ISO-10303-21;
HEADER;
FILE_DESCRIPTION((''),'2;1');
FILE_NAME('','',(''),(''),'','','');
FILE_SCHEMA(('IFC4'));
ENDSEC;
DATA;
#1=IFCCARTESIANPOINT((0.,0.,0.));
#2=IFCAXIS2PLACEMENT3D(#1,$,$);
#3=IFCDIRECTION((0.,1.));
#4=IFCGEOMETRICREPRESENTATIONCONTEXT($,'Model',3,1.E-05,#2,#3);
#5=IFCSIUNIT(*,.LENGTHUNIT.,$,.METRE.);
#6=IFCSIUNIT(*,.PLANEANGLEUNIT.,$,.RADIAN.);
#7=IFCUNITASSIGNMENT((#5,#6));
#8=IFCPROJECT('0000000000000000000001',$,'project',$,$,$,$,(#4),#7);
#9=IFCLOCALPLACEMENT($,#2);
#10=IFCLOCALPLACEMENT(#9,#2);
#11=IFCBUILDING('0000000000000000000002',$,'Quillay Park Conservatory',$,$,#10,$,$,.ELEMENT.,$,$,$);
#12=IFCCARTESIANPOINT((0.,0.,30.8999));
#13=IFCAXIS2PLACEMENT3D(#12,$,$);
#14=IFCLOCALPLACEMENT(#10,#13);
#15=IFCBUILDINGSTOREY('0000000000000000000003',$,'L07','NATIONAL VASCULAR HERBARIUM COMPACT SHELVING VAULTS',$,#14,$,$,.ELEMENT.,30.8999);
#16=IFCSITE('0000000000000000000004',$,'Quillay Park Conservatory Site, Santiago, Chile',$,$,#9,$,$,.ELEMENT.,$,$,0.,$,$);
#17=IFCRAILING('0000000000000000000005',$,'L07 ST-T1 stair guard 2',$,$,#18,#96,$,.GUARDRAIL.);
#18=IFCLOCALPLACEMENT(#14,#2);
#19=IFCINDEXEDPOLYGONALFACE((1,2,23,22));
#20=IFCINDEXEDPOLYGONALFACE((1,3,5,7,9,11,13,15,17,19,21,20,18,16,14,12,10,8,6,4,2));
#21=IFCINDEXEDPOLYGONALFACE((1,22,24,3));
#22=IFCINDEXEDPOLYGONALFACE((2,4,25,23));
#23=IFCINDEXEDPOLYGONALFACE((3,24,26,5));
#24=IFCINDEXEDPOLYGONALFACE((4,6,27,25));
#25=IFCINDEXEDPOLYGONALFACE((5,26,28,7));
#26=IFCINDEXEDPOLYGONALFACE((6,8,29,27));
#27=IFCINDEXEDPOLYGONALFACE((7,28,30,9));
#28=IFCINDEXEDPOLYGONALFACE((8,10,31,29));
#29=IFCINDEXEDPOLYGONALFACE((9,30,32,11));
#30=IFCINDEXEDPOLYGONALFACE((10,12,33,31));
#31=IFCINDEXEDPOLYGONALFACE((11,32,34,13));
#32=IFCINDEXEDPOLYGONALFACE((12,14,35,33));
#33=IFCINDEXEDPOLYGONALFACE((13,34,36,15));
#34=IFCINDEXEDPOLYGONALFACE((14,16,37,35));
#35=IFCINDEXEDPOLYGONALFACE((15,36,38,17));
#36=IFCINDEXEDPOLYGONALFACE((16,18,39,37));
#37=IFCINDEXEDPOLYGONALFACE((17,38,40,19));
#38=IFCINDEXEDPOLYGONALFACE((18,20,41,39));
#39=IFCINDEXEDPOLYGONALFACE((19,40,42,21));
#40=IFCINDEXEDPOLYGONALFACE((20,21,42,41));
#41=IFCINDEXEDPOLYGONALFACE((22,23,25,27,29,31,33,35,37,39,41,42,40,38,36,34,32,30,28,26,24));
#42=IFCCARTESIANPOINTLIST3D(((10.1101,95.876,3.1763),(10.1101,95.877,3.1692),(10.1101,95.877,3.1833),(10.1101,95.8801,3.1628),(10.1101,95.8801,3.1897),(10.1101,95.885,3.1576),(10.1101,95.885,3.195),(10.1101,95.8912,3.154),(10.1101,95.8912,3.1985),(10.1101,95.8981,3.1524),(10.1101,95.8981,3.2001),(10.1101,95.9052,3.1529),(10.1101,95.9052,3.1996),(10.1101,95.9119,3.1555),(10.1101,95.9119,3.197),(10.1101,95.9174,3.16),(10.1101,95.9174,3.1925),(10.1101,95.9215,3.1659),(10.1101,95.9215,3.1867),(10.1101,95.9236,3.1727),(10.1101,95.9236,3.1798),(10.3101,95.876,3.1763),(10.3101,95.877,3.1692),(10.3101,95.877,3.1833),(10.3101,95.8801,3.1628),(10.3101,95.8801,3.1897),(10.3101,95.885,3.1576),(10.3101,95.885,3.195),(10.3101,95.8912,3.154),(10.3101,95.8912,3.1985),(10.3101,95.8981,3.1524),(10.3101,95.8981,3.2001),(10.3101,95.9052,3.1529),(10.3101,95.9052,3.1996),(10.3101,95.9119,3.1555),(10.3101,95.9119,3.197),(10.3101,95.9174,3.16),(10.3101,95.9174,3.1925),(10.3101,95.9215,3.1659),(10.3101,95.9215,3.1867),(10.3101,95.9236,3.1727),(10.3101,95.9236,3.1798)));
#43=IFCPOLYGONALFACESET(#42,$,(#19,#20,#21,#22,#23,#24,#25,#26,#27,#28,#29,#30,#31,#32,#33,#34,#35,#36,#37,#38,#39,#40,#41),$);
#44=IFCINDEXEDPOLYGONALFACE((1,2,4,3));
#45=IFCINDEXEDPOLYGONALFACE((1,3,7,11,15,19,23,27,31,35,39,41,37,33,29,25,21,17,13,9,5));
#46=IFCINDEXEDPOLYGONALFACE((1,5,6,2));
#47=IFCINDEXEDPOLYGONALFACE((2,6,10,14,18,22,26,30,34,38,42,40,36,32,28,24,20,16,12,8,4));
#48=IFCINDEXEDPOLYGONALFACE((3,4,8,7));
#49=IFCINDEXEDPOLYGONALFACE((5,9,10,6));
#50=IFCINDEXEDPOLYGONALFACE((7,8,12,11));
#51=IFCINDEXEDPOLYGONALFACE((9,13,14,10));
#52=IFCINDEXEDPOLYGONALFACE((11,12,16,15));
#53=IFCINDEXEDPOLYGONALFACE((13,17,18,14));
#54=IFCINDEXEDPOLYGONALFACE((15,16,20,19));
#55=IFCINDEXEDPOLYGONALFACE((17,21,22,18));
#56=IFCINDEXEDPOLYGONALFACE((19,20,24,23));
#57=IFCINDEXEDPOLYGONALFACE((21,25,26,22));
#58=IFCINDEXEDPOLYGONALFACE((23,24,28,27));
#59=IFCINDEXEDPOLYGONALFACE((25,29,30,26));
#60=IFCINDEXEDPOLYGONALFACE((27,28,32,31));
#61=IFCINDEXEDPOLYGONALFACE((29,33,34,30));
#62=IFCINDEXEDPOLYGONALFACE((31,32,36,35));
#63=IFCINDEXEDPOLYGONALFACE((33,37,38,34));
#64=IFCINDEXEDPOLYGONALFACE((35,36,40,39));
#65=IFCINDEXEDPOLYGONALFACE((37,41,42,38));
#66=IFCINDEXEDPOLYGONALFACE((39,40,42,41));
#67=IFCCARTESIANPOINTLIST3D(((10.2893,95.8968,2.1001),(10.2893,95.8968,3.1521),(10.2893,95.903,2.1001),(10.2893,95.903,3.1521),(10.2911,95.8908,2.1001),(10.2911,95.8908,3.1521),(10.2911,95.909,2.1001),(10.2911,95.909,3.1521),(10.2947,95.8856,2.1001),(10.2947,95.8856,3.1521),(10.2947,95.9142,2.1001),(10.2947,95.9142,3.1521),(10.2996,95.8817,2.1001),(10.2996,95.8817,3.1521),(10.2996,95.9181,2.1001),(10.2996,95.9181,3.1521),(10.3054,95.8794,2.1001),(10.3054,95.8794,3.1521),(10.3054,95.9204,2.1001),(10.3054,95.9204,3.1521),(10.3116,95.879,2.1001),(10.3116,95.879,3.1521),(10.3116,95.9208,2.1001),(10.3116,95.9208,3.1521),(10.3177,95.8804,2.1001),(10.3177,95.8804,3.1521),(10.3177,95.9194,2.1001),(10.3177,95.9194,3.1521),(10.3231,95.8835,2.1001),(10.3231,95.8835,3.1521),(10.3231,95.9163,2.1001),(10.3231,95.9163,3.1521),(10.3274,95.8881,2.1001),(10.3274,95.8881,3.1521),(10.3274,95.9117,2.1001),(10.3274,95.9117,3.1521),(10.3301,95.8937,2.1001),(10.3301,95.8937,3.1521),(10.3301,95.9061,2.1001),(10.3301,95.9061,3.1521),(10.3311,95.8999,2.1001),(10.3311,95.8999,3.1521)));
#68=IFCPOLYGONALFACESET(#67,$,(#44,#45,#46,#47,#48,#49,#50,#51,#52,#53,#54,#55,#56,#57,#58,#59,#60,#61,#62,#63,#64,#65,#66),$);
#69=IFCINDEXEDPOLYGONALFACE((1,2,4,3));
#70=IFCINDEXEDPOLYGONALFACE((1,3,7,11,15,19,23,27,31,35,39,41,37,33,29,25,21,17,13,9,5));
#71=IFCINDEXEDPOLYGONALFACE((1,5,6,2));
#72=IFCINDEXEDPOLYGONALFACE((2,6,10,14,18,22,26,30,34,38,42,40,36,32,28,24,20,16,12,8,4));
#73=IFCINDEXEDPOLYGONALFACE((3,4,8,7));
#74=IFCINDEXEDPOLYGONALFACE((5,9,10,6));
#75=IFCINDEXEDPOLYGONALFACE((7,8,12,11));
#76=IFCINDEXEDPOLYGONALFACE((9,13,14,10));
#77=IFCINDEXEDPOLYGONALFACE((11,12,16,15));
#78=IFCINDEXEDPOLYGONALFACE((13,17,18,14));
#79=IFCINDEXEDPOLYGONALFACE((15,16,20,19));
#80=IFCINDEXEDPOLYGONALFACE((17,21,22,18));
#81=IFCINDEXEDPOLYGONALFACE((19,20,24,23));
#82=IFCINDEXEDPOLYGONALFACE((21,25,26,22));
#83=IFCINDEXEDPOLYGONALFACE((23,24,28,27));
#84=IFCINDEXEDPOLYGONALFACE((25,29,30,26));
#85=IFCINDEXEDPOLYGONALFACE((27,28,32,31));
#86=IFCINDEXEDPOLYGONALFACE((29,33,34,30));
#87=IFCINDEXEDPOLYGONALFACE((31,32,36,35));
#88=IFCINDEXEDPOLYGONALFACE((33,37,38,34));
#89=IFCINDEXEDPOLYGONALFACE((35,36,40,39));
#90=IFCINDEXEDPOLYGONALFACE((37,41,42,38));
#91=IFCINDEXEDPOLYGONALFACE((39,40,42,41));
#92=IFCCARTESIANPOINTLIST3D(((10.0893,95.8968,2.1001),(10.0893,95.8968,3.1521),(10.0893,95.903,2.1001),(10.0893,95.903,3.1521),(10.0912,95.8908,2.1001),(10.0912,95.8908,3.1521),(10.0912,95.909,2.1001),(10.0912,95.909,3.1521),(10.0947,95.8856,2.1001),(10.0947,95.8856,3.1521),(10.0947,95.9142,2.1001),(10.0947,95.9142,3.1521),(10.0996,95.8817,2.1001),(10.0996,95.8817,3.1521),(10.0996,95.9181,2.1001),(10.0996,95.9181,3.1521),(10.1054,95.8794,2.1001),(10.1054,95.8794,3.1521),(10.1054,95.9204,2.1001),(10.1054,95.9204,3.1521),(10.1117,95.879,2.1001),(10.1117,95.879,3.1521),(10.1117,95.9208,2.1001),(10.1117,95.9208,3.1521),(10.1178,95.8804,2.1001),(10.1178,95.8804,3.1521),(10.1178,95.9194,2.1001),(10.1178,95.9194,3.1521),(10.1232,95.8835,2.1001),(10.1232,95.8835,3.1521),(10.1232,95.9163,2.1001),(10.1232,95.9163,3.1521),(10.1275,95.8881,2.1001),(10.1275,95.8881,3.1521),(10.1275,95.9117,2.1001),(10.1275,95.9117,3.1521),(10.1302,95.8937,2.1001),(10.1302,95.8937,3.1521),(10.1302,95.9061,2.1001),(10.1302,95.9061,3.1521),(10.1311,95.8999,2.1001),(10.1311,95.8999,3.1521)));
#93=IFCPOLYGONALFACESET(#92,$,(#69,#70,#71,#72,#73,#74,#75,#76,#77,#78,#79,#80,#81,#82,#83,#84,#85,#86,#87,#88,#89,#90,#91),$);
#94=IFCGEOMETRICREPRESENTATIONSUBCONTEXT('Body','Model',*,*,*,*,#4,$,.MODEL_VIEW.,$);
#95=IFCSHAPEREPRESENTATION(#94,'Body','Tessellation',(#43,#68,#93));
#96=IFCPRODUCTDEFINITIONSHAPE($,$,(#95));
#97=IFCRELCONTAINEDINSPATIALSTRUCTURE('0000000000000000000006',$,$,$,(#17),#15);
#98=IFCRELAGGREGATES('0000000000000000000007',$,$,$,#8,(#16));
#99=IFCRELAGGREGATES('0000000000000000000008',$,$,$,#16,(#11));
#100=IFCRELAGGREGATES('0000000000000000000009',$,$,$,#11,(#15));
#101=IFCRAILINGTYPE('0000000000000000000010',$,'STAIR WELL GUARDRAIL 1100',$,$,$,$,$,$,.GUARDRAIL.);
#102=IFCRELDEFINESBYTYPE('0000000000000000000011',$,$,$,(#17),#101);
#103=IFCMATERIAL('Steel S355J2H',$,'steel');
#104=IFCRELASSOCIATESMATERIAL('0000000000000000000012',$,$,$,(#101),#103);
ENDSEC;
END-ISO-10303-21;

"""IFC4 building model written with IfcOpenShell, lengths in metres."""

from ifc_helpers import new_model, si_unit, direction, frame, origin, origin_2d, place, context, subcontext, project, spatial, circle, extrude, material, type_object, element, save


model = new_model("IFC4")

# Units and contexts
model_context = context("Model", 3, precision=1e-05, world=origin(), true_north=direction((0.0, 1.0)))
body_context = subcontext(model_context, "Body", "Model", "MODEL_VIEW")
ifc_project = project(units=[si_unit("LENGTHUNIT", "METRE"), si_unit("PLANEANGLEUNIT", "RADIAN")], contexts=[model_context])

# Site, building, storey
site_placement = place(None, origin())
site = spatial("IfcSite", under=ifc_project, at=site_placement, Name="Quillay Park Conservatory Site, Santiago, Chile", CompositionType="ELEMENT", RefElevation=0.0)
building_placement = place(site_placement, origin())
building = spatial("IfcBuilding", under=site, at=building_placement, Name="Quillay Park Conservatory", CompositionType="ELEMENT")
storey_placement = place(building_placement, frame((0.0, 0.0, 30.8999)))
storey = spatial("IfcBuildingStorey", under=building, at=storey_placement, Name="L07", Description="NATIONAL VASCULAR HERBARIUM COMPACT SHELVING VAULTS", CompositionType="ELEMENT", Elevation=30.8999)

# Railing
ifc_material_1 = material(Name="Steel S355J2H", Category="steel")
railing_type_1 = type_object("IfcRailingType", Name="STAIR WELL GUARDRAIL 1100", PredefinedType="GUARDRAIL", material=ifc_material_1)
railing_1_placement = place(storey_placement, frame((10.3101, 95.8999, 2.1001)))
element("IfcRailing", 1, at=railing_1_placement, inside=storey, type_object=railing_type_1, Name="L07 ST-T1 stair guard 2", PredefinedType="GUARDRAIL", context=body_context, shape_type="SweptSolid", body=[
    extrude(circle(Radius=0.0239, at=origin_2d()), frame((0.0, 0.0, 1.0762), z_axis=(-1.0, 0.0, 0.0), x_axis=(0.0, -1.0, 0.0)), (0.0, 0.0, 1.0), 0.2),
    extrude(circle(Radius=0.021, at=origin_2d()), origin(), (0.0, 0.0, 1.0), 1.052),
    extrude(circle(Radius=0.021, at=origin_2d()), frame((-0.2, 0.0, 0.0)), (0.0, 0.0, 1.0), 1.052),
])

save(model, "model.ifc")
